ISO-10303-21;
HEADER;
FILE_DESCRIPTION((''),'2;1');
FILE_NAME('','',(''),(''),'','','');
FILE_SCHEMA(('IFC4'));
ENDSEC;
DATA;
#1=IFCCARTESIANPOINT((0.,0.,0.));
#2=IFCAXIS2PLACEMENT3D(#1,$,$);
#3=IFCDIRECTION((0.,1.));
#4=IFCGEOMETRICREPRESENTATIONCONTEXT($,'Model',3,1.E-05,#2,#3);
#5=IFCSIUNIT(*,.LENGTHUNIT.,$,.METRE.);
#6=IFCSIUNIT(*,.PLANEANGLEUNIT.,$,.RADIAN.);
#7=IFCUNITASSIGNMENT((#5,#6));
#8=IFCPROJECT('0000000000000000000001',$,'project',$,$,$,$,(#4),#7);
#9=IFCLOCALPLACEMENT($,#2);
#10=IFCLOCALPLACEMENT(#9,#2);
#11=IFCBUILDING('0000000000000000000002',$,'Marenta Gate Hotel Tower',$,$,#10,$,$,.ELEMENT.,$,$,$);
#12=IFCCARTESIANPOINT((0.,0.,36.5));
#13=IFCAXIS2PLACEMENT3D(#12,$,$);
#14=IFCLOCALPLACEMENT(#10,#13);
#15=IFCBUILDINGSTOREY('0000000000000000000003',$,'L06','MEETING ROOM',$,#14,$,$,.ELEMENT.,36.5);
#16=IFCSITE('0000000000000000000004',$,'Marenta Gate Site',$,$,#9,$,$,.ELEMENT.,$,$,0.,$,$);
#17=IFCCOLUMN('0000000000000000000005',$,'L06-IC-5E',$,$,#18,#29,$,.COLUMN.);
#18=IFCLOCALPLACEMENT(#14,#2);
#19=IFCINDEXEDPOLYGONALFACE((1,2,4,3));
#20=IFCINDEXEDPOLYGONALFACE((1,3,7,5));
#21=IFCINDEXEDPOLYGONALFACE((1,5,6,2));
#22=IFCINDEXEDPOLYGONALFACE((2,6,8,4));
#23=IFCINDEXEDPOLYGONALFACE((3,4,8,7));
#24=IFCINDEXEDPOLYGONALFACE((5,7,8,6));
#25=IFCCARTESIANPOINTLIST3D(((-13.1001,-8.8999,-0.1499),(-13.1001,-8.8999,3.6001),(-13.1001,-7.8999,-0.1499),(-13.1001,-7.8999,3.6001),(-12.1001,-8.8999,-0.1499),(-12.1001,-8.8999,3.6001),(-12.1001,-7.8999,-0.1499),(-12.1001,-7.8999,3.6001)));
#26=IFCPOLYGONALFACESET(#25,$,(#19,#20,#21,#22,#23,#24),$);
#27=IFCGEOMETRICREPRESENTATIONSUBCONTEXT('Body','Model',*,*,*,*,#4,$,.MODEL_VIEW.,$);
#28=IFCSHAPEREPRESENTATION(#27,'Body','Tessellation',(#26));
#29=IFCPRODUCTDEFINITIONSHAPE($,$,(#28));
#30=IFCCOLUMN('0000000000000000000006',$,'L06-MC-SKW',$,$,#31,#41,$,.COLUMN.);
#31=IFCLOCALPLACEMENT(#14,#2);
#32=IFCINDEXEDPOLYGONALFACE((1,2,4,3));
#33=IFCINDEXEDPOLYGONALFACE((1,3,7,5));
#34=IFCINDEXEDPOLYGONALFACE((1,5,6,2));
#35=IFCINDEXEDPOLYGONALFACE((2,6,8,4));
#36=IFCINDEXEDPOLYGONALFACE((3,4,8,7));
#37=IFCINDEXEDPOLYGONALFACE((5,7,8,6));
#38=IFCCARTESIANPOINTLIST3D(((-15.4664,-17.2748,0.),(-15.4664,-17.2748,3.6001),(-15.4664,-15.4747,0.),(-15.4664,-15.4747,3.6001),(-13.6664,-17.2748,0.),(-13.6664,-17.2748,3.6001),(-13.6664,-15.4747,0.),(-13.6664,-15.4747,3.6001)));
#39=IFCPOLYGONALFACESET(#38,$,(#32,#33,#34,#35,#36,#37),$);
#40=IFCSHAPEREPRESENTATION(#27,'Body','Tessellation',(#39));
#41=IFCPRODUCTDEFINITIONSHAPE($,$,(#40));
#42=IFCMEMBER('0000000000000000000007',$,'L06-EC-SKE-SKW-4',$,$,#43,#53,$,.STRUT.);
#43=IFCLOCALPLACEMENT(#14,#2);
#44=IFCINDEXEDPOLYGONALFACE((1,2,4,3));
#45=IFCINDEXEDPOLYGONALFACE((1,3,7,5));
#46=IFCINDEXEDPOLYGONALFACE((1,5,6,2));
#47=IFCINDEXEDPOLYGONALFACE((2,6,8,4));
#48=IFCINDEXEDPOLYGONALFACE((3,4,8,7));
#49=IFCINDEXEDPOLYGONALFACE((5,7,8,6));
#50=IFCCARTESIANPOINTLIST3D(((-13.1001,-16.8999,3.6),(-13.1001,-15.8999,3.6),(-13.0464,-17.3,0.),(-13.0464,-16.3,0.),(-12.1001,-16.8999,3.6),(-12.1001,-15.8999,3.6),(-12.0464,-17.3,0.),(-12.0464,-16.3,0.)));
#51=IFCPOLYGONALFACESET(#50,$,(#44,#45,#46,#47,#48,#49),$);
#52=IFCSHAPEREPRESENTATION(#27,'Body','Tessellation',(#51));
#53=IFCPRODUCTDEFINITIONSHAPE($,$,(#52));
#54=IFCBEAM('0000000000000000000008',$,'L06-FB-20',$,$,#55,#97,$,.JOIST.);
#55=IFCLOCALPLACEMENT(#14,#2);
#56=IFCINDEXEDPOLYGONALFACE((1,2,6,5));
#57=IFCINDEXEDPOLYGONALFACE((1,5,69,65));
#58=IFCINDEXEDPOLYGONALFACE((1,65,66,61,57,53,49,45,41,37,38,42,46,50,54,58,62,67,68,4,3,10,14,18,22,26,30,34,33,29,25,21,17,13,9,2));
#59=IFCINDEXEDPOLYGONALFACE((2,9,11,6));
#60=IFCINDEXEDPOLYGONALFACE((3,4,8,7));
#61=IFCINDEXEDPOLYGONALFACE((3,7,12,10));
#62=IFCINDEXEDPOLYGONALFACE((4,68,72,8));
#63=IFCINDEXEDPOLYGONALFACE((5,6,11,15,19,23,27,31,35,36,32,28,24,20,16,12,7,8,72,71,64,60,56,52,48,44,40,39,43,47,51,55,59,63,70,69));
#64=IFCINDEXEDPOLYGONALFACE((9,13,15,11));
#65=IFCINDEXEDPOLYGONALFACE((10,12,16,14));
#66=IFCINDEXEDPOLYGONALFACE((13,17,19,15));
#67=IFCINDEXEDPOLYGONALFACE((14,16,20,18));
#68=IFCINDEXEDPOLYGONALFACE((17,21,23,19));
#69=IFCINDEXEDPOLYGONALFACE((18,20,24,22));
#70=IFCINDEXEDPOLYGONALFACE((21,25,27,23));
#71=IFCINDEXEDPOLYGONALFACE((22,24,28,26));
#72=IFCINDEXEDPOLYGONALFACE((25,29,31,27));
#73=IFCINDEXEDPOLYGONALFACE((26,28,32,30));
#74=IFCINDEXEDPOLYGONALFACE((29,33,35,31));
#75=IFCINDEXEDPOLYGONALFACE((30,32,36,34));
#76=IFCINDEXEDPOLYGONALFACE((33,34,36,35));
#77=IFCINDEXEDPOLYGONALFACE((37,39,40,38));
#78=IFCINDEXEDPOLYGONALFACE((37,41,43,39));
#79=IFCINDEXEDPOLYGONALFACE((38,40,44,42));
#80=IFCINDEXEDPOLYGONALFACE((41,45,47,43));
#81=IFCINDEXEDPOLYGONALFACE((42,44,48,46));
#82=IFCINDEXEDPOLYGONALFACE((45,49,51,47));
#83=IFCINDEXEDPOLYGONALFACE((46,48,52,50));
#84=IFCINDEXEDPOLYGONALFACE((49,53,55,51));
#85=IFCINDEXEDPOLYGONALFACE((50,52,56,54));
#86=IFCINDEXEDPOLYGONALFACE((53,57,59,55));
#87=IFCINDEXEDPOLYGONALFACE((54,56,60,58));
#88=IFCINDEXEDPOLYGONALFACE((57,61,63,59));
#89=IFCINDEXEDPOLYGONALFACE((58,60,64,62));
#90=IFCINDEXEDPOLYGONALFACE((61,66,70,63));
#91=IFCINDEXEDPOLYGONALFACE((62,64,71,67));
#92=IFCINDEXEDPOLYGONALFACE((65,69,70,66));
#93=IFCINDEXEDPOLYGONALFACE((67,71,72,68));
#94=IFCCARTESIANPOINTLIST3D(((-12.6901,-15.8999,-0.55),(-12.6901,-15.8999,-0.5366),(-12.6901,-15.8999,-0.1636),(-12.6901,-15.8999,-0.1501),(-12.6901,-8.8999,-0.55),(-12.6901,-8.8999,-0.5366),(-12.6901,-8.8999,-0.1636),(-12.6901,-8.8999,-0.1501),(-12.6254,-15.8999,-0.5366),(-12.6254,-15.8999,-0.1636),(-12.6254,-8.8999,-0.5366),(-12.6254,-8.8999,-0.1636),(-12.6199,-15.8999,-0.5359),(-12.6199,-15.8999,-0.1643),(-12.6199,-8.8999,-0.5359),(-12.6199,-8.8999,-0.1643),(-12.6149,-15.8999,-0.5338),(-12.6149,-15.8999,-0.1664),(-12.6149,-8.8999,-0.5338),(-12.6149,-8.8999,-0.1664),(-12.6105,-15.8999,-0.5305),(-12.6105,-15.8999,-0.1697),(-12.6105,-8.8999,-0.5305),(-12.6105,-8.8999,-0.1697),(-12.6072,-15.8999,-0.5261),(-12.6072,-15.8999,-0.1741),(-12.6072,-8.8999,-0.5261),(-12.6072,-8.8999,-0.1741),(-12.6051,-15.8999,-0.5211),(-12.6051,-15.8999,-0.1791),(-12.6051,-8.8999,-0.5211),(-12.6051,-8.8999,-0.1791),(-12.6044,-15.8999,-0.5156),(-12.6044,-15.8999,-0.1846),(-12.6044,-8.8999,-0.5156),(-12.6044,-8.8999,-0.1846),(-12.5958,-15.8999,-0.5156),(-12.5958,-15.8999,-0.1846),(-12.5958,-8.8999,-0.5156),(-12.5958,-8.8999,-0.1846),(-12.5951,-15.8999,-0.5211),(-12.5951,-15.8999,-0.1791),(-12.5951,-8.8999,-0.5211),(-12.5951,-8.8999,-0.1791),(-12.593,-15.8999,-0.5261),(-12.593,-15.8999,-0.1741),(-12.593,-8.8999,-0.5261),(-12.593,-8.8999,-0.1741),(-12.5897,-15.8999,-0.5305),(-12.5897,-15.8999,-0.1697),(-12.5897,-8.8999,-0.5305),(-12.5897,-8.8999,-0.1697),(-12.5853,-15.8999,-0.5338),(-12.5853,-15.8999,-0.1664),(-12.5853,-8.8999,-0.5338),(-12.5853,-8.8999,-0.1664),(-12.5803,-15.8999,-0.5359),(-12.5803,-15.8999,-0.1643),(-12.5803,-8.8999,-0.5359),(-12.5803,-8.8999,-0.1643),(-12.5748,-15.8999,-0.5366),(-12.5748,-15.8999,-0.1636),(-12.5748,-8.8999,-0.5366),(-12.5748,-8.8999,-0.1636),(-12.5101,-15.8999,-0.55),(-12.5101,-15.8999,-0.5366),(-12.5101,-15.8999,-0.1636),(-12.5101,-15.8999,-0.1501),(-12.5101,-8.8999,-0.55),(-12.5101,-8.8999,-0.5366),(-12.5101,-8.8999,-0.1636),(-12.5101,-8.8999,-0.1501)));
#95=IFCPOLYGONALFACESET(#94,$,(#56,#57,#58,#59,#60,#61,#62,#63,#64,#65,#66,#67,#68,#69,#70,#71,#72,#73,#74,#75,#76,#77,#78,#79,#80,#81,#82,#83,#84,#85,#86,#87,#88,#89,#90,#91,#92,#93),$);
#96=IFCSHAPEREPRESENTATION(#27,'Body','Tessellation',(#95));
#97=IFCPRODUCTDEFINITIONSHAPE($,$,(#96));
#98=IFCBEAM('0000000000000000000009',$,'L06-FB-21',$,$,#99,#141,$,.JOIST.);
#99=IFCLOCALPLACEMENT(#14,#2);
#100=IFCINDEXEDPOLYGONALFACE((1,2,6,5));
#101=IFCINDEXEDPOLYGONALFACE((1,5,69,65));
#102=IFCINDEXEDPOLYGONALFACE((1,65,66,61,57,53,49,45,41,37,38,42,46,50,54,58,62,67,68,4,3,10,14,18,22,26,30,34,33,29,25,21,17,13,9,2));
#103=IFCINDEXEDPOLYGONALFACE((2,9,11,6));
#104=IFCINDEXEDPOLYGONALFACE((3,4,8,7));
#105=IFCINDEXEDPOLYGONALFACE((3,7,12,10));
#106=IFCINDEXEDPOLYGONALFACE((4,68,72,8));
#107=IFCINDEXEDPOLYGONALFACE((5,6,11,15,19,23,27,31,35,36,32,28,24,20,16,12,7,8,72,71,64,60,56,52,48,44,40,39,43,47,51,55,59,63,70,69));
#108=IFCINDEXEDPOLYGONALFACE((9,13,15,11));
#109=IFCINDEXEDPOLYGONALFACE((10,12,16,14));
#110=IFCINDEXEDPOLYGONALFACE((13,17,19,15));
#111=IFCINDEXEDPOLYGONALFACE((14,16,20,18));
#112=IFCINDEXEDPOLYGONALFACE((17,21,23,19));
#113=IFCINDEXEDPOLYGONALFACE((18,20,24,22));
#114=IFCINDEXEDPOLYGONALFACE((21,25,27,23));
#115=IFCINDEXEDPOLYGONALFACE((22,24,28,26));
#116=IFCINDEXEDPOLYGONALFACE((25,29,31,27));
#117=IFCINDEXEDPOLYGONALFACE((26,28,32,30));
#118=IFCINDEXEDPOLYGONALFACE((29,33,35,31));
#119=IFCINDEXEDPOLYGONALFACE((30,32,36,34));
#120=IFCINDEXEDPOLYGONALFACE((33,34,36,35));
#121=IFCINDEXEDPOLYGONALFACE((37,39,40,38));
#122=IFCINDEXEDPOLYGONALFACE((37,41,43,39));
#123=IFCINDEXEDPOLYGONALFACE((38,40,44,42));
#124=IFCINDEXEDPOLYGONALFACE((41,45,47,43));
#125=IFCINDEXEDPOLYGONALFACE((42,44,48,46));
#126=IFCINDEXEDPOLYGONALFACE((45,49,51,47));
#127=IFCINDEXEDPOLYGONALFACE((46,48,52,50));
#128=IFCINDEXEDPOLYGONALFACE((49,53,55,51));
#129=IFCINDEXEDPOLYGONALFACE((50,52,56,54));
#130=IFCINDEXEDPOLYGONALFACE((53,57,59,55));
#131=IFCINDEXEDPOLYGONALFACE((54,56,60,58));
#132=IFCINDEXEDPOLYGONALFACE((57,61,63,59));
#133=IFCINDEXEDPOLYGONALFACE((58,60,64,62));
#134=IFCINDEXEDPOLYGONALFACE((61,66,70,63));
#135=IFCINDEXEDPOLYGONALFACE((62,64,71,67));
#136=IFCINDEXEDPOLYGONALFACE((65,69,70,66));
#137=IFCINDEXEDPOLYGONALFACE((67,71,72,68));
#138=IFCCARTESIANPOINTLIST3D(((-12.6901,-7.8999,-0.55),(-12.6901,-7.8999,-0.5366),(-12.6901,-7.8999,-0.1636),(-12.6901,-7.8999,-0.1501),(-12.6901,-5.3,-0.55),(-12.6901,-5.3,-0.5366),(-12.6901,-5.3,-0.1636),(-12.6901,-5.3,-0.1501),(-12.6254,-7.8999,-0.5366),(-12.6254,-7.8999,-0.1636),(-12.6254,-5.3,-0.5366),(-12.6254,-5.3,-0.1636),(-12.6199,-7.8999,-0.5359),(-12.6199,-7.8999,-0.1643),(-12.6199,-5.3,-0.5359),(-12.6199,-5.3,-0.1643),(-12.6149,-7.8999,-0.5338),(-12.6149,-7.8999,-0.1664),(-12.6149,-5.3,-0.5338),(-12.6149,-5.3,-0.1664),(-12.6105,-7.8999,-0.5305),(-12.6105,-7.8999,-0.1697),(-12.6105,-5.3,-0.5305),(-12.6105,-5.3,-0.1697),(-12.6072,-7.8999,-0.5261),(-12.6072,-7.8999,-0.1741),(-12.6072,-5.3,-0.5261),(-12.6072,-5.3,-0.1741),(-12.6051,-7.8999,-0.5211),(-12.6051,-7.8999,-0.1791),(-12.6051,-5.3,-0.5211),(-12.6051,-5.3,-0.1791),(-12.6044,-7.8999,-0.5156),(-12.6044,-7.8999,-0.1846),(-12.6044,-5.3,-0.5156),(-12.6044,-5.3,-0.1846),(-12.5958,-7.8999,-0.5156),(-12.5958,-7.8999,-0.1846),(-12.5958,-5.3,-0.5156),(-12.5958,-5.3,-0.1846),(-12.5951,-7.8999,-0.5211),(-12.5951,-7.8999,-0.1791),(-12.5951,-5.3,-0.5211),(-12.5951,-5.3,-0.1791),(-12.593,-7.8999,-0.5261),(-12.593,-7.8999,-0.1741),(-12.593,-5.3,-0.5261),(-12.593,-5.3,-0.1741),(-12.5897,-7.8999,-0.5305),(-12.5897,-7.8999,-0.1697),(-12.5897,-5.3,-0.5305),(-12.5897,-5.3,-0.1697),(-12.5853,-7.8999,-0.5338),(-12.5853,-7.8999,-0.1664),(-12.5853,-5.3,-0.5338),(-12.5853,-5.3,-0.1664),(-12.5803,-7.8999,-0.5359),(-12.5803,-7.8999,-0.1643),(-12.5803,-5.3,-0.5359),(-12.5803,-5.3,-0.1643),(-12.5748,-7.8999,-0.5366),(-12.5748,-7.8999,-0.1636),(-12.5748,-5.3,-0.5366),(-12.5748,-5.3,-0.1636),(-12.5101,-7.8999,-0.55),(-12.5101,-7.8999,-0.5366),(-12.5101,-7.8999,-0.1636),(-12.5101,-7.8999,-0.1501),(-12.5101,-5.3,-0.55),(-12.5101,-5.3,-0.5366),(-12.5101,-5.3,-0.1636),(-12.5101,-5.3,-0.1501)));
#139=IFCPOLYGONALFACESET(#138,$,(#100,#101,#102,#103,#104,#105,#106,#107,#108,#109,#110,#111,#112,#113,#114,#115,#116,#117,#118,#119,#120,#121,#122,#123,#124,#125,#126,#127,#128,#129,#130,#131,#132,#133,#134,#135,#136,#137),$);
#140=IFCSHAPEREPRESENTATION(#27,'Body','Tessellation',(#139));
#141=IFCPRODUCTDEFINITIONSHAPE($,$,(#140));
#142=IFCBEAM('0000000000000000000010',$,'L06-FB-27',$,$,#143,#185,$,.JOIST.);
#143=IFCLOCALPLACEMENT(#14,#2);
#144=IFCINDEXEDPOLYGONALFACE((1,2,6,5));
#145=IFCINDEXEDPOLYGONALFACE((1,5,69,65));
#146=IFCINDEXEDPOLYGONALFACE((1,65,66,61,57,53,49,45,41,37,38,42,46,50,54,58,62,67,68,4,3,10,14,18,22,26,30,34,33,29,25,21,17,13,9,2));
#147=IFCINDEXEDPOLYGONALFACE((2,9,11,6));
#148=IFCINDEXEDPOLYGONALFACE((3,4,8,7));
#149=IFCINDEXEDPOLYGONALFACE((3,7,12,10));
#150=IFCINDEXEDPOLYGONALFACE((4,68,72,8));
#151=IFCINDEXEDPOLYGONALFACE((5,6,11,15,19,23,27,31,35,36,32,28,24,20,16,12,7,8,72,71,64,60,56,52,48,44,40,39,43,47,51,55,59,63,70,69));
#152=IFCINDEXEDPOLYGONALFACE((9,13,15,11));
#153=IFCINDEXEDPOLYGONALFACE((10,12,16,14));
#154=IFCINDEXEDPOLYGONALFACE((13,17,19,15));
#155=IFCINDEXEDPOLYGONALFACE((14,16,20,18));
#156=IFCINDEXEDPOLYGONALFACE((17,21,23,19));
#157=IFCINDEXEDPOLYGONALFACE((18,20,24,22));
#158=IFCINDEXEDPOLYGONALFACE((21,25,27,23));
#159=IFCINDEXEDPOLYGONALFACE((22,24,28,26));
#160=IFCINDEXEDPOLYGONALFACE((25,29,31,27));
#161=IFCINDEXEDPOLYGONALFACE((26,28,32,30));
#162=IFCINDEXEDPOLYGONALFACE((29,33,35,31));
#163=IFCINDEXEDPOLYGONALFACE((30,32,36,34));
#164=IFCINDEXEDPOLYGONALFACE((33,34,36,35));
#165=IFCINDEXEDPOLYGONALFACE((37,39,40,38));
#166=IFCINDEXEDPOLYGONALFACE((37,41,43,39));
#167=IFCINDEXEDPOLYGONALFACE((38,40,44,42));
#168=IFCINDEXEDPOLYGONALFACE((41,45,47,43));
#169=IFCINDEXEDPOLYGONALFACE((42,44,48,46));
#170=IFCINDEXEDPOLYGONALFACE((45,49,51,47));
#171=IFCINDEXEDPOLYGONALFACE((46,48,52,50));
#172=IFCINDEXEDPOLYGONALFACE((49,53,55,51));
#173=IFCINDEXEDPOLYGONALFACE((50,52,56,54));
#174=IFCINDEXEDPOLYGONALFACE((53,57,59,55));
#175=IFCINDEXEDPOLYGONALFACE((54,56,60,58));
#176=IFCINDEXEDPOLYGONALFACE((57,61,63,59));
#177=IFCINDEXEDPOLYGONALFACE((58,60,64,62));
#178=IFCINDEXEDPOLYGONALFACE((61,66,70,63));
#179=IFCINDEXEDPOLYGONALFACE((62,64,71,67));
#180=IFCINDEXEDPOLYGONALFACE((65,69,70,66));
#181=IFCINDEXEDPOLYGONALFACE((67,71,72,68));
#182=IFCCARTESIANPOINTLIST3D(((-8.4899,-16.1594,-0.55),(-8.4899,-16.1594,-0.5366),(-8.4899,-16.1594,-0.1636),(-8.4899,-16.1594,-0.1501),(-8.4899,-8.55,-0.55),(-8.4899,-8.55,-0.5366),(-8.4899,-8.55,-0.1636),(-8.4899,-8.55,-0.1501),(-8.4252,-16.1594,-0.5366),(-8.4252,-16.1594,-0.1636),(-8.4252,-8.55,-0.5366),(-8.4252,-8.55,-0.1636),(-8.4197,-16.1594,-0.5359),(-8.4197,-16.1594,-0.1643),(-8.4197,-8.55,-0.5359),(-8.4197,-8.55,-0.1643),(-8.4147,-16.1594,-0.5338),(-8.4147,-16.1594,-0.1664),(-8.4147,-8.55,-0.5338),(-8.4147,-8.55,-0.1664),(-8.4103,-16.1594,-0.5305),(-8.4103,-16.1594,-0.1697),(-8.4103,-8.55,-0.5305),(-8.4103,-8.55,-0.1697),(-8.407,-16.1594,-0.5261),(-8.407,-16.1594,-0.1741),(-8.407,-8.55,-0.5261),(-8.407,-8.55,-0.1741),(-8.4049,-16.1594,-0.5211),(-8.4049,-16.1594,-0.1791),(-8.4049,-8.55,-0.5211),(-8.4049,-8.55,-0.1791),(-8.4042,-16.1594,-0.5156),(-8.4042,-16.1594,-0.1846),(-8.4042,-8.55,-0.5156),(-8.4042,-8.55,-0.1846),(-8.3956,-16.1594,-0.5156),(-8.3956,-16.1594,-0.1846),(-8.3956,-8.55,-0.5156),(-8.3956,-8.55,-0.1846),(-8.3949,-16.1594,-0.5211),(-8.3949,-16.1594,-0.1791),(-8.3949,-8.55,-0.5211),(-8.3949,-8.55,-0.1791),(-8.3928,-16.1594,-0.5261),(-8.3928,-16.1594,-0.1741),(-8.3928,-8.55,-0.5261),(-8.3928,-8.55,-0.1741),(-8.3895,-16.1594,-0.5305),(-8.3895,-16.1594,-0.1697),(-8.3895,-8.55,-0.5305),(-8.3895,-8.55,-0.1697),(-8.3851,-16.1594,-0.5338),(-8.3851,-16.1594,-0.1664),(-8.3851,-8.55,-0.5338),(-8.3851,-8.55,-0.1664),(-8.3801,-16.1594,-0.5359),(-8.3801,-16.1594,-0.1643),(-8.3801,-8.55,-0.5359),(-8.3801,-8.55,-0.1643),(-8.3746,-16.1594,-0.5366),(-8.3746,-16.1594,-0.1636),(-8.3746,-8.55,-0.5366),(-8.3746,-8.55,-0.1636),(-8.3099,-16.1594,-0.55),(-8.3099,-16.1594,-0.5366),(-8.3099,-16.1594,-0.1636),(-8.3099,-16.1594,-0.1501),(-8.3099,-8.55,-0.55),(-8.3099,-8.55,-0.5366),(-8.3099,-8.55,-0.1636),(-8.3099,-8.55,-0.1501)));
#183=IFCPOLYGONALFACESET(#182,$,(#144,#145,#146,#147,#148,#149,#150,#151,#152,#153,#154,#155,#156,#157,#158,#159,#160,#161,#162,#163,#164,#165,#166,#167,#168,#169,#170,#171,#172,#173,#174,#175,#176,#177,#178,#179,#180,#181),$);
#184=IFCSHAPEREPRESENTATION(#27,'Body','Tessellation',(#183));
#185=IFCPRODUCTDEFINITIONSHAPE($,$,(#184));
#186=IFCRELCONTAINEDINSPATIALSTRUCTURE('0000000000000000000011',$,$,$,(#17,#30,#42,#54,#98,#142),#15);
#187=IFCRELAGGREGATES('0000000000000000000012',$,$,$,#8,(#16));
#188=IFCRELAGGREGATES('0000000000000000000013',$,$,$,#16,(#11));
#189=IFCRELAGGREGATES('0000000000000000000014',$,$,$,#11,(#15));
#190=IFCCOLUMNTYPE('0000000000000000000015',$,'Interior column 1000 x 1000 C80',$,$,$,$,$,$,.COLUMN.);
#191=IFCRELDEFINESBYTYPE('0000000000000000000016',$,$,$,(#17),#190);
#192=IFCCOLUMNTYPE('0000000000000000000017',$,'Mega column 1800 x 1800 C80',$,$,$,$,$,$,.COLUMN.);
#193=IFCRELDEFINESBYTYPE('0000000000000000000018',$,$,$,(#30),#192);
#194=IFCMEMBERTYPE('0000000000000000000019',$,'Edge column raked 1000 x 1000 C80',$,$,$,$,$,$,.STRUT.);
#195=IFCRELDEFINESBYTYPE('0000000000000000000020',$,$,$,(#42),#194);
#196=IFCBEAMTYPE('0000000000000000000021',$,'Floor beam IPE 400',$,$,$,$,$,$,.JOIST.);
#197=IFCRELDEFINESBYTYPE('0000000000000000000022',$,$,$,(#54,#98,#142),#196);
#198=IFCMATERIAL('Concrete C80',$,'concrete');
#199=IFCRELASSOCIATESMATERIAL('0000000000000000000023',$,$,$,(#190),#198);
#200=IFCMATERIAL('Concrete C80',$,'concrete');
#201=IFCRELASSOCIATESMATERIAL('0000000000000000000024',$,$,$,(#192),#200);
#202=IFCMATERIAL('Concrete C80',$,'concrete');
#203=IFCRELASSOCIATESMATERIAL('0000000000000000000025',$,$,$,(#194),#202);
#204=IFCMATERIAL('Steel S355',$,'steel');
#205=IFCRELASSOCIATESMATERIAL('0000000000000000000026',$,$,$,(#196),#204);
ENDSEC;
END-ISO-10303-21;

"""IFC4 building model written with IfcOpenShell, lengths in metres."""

from ifc_helpers import new_model, si_unit, direction, frame, origin, origin_2d, place, context, subcontext, project, spatial, rectangle, i_section, extrude, material, material_profile, profile_set, type_object, element, save


model = new_model("IFC4")

# Units and contexts
model_context = context("Model", 3, precision=1e-05, world=origin(), true_north=direction((0.0, 1.0)))
body_context = subcontext(model_context, "Body", "Model", "MODEL_VIEW")
ifc_project = project(units=[si_unit("LENGTHUNIT", "METRE"), si_unit("PLANEANGLEUNIT", "RADIAN")], contexts=[model_context])

# Site, building, storey
site_placement = place(None, origin())
site = spatial("IfcSite", under=ifc_project, at=site_placement, Name="Marenta Gate Site", CompositionType="ELEMENT", RefElevation=0.0)
building_placement = place(site_placement, origin())
building = spatial("IfcBuilding", under=site, at=building_placement, Name="Marenta Gate Hotel Tower", CompositionType="ELEMENT")
storey_placement = place(building_placement, frame((0.0, 0.0, 36.5)))
storey = spatial("IfcBuildingStorey", under=building, at=storey_placement, Name="L06", Description="MEETING ROOM", CompositionType="ELEMENT", Elevation=36.5)

# Columns
ifc_material_1 = material(Name="Concrete C80", Category="concrete")
ifc_material_profile_1 = material_profile(ifc_material_1, rectangle(XDim=1.0, YDim=1.0, at=origin_2d()), Name="1000 x 1000")
ifc_profile_set_1 = profile_set([ifc_material_profile_1], Name="Concrete C80")
column_type_1 = type_object("IfcColumnType", Name="Interior column 1000 x 1000 C80", PredefinedType="COLUMN", material=ifc_profile_set_1)
column_1_placement = place(storey_placement, frame((-12.6001, -8.3999, -0.1499), z_axis=(0.0, 0.0, 1.0), x_axis=(1.0, 0.0, 0.0)))
element("IfcColumn", 1, at=column_1_placement, inside=storey, type_object=column_type_1, Name="L06-IC-5E", PredefinedType="COLUMN", context=body_context, shape_type="SweptSolid", body=[
    extrude(rectangle(XDim=1.0, YDim=1.0, at=origin_2d()), origin(), (0.0, 0.0, 1.0), 3.75),
])
ifc_material_2 = material(Name="Concrete C80", Category="concrete")
ifc_material_profile_2 = material_profile(ifc_material_2, rectangle(XDim=1.8, YDim=1.8, at=origin_2d()), Name="1800 x 1800")
ifc_profile_set_2 = profile_set([ifc_material_profile_2], Name="Concrete C80")
column_type_2 = type_object("IfcColumnType", Name="Mega column 1800 x 1800 C80", PredefinedType="COLUMN", material=ifc_profile_set_2)
column_2_placement = place(storey_placement, frame((-14.5664, -16.3748, 0.0), z_axis=(0.0, 0.0, 1.0), x_axis=(1.0, 0.0, 0.0)))
element("IfcColumn", 2, at=column_2_placement, inside=storey, type_object=column_type_2, Name="L06-MC-SKW", PredefinedType="COLUMN", context=body_context, shape_type="SweptSolid", body=[
    extrude(rectangle(XDim=1.8, YDim=1.8, at=origin_2d()), origin(), (0.0, 0.0, 1.0), 3.6001),
])

# Member
ifc_material_3 = material(Name="Concrete C80", Category="concrete")
ifc_material_profile_3 = material_profile(ifc_material_3, rectangle(XDim=1.0, YDim=1.0, at=origin_2d()), Name="1000 x 1000")
ifc_profile_set_3 = profile_set([ifc_material_profile_3], Name="Concrete C80")
member_type_1 = type_object("IfcMemberType", Name="Edge column raked 1000 x 1000 C80", PredefinedType="STRUT", material=ifc_profile_set_3)
member_1_placement = place(storey_placement, frame((-12.5464, -16.8, 0.0), z_axis=(0.0, 0.0, 1.0), x_axis=(1.0, 0.0, 0.0)))
element("IfcMember", 3, at=member_1_placement, inside=storey, type_object=member_type_1, Name="L06-EC-SKE-SKW-4", PredefinedType="STRUT", context=body_context, shape_type="SweptSolid", body=[
    extrude(rectangle(XDim=1.0, YDim=1.0, at=origin_2d()), origin(), (-0.014826, 0.110456, 0.99377), 3.6226),
])

# Beams
ifc_material_4 = material(Name="Steel S355", Category="steel")
ifc_material_profile_4 = material_profile(ifc_material_4, i_section(OverallWidth=0.1799, OverallDepth=0.3999, WebThickness=0.0085, FlangeThickness=0.0134, FilletRadius=0.021, at=origin_2d()), Name="IPE 400")
ifc_profile_set_4 = profile_set([ifc_material_profile_4], Name="Steel S355")
beam_type_1 = type_object("IfcBeamType", Name="Floor beam IPE 400", PredefinedType="JOIST", material=ifc_profile_set_4)
beam_1_placement = place(storey_placement, frame((-12.6001, -15.8999, -0.3501), z_axis=(0.0, 1.0, 0.0), x_axis=(-1.0, 0.0, 0.0)))
element("IfcBeam", 4, at=beam_1_placement, inside=storey, type_object=beam_type_1, Name="L06-FB-20", PredefinedType="JOIST", context=body_context, shape_type="SweptSolid", body=[
    extrude(i_section(OverallWidth=0.1799, OverallDepth=0.3999, WebThickness=0.0085, FlangeThickness=0.0134, FilletRadius=0.021, at=origin_2d()), origin(), (0.0, 0.0, 1.0), 7.0),
])
beam_2_placement = place(storey_placement, frame((-12.6001, -7.8999, -0.3501), z_axis=(0.0, 1.0, 0.0), x_axis=(-1.0, 0.0, 0.0)))
element("IfcBeam", 5, at=beam_2_placement, inside=storey, type_object=beam_type_1, Name="L06-FB-21", PredefinedType="JOIST", context=body_context, shape_type="SweptSolid", body=[
    extrude(i_section(OverallWidth=0.1799, OverallDepth=0.3999, WebThickness=0.0085, FlangeThickness=0.0134, FilletRadius=0.021, at=origin_2d()), origin(), (0.0, 0.0, 1.0), 2.5999),
])
beam_3_placement = place(storey_placement, frame((-8.3999, -16.1594, -0.3501), z_axis=(0.0, 1.0, 0.0), x_axis=(-1.0, 0.0, 0.0)))
element("IfcBeam", 6, at=beam_3_placement, inside=storey, type_object=beam_type_1, Name="L06-FB-27", PredefinedType="JOIST", context=body_context, shape_type="SweptSolid", body=[
    extrude(i_section(OverallWidth=0.1799, OverallDepth=0.3999, WebThickness=0.0085, FlangeThickness=0.0134, FilletRadius=0.021, at=origin_2d()), origin(), (0.0, 0.0, 1.0), 7.6094),
])

save(model, "model.ifc")
